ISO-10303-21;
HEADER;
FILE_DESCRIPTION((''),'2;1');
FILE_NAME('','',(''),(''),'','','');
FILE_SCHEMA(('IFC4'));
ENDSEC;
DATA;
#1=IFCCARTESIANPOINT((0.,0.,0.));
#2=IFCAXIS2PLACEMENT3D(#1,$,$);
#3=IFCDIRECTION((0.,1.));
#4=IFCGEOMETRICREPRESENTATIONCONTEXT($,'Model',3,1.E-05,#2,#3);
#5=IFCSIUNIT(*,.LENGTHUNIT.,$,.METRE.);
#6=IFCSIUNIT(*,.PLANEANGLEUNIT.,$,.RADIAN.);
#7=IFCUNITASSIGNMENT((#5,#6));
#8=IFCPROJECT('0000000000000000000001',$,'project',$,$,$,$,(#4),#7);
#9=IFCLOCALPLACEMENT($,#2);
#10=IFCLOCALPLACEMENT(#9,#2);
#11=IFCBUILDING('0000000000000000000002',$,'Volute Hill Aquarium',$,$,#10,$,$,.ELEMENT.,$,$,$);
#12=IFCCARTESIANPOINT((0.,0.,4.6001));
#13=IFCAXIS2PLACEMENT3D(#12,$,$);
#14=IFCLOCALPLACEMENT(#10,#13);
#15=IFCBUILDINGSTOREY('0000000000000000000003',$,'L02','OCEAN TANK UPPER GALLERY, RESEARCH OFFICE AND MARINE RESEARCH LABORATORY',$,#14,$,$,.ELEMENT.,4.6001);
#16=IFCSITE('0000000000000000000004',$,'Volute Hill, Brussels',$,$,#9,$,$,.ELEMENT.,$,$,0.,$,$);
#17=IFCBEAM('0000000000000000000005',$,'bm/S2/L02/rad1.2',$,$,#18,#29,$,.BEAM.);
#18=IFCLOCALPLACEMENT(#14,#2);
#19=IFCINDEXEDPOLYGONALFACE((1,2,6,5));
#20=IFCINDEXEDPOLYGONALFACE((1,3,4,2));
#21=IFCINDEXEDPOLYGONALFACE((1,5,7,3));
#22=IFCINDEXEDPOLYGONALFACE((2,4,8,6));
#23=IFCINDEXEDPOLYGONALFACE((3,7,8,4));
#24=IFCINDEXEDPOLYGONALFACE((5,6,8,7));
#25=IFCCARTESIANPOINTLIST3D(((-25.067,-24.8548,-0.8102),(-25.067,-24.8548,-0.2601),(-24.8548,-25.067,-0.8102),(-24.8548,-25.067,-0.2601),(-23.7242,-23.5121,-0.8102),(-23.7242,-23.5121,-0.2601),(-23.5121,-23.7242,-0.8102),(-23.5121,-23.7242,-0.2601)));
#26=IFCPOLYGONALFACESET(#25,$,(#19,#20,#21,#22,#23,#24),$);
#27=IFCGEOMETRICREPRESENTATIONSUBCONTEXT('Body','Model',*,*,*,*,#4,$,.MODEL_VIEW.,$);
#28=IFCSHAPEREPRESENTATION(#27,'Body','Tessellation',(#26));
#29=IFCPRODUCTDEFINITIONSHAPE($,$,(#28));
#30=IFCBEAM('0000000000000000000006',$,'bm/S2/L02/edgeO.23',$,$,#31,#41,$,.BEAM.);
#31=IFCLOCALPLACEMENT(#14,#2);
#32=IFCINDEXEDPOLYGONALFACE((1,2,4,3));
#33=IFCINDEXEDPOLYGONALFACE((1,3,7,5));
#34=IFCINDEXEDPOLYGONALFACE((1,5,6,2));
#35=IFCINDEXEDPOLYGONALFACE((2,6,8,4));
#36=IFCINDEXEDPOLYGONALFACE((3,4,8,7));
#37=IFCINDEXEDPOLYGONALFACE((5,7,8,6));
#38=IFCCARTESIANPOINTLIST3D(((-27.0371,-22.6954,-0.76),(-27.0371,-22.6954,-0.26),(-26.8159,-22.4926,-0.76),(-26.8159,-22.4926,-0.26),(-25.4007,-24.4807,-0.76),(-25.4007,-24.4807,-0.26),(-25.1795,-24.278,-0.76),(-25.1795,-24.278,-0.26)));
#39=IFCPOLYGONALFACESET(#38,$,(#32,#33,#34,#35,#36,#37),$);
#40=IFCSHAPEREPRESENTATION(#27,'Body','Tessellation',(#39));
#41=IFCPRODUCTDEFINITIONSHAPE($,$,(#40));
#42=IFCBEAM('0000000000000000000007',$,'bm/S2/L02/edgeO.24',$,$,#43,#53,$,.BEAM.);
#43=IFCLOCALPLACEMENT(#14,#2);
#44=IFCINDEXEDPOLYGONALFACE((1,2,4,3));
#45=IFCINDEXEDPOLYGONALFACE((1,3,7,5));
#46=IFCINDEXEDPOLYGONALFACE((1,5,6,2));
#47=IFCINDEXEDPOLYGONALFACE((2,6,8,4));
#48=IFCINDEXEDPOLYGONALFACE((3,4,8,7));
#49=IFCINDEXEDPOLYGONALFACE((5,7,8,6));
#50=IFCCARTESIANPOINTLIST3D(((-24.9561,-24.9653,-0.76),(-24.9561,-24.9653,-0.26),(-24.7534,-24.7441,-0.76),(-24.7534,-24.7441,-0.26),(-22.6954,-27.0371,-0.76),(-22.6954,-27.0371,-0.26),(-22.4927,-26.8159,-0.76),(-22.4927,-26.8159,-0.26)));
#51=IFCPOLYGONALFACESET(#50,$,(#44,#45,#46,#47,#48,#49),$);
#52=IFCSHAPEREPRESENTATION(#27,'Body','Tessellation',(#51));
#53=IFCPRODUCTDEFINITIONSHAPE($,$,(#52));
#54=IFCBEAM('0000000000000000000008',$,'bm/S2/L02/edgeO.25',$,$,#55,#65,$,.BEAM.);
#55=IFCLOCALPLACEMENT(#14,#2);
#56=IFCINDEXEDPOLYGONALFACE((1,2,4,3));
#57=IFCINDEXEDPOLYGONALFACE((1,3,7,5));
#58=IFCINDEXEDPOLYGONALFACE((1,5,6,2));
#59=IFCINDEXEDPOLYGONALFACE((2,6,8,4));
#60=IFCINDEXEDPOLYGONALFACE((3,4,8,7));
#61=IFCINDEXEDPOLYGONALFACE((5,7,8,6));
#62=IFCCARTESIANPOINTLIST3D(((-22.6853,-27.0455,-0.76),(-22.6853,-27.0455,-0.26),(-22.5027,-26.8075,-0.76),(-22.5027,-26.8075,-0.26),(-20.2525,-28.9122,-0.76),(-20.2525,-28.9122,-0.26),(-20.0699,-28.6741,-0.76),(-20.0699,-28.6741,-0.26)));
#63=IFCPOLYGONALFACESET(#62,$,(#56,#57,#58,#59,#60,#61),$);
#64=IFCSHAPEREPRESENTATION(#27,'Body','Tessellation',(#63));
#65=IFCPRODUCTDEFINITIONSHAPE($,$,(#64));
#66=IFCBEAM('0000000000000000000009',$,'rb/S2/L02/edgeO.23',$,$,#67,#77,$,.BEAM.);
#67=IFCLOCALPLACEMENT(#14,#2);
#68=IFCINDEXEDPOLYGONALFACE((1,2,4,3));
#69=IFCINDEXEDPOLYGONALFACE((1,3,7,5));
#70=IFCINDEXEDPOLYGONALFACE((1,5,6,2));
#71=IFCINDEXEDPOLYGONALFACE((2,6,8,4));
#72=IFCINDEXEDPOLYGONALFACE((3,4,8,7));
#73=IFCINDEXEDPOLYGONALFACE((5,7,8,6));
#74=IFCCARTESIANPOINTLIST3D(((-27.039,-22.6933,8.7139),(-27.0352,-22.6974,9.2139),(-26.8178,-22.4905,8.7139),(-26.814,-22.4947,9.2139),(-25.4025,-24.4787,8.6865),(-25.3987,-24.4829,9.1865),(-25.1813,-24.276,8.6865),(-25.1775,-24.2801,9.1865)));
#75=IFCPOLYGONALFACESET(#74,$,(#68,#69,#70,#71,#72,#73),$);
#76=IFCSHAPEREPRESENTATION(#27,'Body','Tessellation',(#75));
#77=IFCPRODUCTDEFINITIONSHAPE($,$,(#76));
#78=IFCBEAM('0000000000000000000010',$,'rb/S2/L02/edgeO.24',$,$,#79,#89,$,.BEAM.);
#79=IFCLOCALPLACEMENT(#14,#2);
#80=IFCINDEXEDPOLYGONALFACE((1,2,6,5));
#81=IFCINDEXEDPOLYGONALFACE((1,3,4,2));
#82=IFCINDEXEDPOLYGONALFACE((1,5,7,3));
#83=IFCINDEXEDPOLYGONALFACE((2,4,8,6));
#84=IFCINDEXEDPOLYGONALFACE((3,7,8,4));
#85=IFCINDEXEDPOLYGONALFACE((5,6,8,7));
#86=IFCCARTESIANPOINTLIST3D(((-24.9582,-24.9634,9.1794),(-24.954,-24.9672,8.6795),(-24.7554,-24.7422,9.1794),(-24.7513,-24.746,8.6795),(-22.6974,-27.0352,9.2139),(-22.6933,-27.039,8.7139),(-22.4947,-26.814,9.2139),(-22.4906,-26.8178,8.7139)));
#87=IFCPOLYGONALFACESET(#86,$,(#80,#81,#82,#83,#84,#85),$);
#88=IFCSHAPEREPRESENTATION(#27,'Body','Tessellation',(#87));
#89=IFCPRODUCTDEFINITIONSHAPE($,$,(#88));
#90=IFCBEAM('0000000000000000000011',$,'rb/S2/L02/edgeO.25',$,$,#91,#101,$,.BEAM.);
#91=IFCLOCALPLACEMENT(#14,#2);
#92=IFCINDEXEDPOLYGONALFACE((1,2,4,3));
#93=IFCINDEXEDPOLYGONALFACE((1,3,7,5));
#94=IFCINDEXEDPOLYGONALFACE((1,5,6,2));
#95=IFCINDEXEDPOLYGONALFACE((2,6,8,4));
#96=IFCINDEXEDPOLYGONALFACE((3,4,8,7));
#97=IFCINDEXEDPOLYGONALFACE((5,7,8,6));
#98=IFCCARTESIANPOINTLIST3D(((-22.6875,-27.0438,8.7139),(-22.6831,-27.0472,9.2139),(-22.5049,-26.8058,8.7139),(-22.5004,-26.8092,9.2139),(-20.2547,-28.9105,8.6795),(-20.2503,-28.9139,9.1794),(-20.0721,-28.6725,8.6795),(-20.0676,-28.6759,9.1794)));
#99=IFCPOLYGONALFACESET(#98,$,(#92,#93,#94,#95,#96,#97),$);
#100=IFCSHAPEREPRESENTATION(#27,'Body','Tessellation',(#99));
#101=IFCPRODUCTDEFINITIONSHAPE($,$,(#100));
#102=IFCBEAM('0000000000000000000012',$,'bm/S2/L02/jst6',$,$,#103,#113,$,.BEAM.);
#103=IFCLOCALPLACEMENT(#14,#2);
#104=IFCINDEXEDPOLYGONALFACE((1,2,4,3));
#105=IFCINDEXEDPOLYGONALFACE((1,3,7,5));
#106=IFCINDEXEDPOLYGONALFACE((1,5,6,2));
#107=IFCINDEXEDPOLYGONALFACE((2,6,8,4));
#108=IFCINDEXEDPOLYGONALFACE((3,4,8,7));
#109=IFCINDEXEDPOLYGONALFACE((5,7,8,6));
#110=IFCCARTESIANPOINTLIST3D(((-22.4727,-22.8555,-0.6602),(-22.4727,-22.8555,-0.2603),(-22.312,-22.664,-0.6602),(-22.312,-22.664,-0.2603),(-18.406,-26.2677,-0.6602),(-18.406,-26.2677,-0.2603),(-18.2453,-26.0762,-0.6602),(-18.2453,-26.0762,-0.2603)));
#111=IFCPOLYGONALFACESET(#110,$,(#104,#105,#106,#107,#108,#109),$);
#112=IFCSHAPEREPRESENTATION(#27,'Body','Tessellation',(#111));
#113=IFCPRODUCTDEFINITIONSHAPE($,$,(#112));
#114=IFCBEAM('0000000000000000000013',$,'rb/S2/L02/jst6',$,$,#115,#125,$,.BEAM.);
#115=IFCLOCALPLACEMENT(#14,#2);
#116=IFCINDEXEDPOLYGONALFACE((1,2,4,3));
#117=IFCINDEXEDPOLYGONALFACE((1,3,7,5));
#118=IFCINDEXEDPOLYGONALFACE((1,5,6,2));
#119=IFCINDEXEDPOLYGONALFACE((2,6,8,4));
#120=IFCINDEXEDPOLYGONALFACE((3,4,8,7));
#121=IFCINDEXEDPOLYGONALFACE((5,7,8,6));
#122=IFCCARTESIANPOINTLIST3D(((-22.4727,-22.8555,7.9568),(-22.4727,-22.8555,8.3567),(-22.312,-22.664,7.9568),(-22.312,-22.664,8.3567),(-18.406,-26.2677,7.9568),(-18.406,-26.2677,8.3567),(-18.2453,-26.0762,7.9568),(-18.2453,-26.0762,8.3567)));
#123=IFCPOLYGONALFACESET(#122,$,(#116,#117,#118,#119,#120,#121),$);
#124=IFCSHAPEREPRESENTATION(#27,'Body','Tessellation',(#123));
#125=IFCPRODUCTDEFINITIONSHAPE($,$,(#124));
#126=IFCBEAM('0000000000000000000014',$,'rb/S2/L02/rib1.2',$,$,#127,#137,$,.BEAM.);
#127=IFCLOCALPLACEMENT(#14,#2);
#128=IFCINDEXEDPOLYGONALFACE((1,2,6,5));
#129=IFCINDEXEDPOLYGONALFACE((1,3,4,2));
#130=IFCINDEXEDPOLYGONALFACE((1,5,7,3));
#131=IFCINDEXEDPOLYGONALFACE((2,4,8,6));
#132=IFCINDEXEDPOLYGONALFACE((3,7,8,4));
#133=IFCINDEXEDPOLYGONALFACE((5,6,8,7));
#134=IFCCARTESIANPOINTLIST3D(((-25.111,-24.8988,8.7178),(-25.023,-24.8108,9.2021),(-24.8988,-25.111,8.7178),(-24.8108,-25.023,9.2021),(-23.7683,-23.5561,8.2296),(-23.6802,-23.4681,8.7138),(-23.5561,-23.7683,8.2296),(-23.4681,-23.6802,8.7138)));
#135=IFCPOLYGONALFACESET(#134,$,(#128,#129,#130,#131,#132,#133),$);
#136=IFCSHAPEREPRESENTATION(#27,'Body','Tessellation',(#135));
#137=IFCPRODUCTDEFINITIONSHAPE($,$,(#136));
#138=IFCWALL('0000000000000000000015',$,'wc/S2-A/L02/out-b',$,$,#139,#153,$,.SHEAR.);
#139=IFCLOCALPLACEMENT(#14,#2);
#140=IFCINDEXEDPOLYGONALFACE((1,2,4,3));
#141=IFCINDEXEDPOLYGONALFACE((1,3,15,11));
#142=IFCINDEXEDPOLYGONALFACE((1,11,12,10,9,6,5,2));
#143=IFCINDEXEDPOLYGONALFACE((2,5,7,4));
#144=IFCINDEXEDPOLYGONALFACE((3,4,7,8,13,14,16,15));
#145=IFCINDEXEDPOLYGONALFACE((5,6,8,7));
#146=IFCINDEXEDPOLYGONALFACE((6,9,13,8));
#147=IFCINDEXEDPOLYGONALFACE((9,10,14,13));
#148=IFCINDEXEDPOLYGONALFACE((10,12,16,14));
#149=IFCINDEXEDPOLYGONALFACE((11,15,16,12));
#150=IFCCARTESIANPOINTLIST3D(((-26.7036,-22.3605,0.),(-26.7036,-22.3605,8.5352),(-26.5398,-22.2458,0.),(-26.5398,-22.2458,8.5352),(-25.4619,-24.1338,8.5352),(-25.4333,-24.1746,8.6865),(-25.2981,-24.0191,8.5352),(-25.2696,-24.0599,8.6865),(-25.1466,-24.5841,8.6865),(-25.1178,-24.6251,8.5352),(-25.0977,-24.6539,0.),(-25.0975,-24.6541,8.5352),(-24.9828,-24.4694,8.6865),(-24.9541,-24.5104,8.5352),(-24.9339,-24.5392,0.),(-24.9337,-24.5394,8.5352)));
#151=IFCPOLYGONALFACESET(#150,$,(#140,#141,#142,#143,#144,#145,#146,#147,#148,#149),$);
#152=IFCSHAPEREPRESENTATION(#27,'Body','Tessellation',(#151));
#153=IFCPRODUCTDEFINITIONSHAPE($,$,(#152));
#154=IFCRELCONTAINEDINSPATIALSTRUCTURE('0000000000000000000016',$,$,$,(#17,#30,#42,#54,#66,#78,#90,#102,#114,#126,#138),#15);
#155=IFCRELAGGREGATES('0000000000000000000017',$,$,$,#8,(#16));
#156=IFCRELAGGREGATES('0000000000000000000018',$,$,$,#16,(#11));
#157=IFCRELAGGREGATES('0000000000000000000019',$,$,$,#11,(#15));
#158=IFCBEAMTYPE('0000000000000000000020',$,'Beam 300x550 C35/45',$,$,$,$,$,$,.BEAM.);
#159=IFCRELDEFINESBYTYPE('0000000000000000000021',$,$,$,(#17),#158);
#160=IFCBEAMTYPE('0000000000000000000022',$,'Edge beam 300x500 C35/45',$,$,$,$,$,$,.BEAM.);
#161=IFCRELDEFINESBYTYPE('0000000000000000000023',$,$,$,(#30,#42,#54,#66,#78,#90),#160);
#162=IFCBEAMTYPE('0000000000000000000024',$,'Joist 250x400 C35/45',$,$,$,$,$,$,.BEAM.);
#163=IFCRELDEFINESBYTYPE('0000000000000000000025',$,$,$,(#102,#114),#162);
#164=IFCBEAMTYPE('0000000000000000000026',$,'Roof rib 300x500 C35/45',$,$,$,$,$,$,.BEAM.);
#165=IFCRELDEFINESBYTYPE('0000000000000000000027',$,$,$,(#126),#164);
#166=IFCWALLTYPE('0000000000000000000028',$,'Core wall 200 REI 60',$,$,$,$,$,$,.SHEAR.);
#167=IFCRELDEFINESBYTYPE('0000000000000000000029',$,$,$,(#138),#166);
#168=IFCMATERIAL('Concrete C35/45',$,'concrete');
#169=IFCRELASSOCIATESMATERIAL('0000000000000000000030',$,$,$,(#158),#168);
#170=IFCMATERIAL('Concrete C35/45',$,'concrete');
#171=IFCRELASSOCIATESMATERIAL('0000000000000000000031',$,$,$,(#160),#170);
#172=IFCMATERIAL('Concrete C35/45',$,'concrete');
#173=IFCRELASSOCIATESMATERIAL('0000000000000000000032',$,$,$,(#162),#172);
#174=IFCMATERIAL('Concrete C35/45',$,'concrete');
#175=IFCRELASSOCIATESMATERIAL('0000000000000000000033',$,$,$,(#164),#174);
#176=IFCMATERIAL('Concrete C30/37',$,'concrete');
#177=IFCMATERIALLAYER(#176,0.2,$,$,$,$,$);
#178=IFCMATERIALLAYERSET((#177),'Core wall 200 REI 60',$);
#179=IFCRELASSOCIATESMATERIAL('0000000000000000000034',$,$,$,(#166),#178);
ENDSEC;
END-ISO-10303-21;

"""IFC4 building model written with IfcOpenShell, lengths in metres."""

from ifc_helpers import new_model, si_unit, direction, frame, origin, origin_2d, place, context, subcontext, project, spatial, polyline, rectangle, outline, extrude, material, layer, layer_set, material_profile, profile_set, type_object, element, save


model = new_model("IFC4")

# Units and contexts
model_context = context("Model", 3, precision=1e-05, world=origin(), true_north=direction((0.0, 1.0)))
body_context = subcontext(model_context, "Body", "Model", "MODEL_VIEW")
ifc_project = project(units=[si_unit("LENGTHUNIT", "METRE"), si_unit("PLANEANGLEUNIT", "RADIAN")], contexts=[model_context])

# Site, building, storey
site_placement = place(None, origin())
site = spatial("IfcSite", under=ifc_project, at=site_placement, Name="Volute Hill, Brussels", CompositionType="ELEMENT", RefElevation=0.0)
building_placement = place(site_placement, origin())
building = spatial("IfcBuilding", under=site, at=building_placement, Name="Volute Hill Aquarium", CompositionType="ELEMENT")
storey_placement = place(building_placement, frame((0.0, 0.0, 4.6001)))
storey = spatial("IfcBuildingStorey", under=building, at=storey_placement, Name="L02", Description="OCEAN TANK UPPER GALLERY, RESEARCH OFFICE AND MARINE RESEARCH LABORATORY", CompositionType="ELEMENT", Elevation=4.6001)

# Beams
ifc_material_1 = material(Name="Concrete C35/45", Category="concrete")
ifc_material_profile_1 = material_profile(ifc_material_1, rectangle(XDim=0.3, YDim=0.55, at=origin_2d()), Name="RC beam 300x550")
ifc_profile_set_1 = profile_set([ifc_material_profile_1], Name="Concrete C35/45")
beam_type_1 = type_object("IfcBeamType", Name="Beam 300x550 C35/45", PredefinedType="BEAM", material=ifc_profile_set_1)
beam_1_placement = place(storey_placement, frame((-23.6182, -23.6182, -0.5352), z_axis=(-0.707107, -0.707107, 0.0), x_axis=(0.707107, -0.707107, 0.0)))
element("IfcBeam", 1, at=beam_1_placement, inside=storey, type_object=beam_type_1, Name="bm/S2/L02/rad1.2", PredefinedType="BEAM", context=body_context, shape_type="SweptSolid", body=[
    extrude(rectangle(XDim=0.3, YDim=0.55, at=origin_2d()), origin(), (0.0, 0.0, 1.0), 1.8989),
])
ifc_material_2 = material(Name="Concrete C35/45", Category="concrete")
ifc_material_profile_2 = material_profile(ifc_material_2, rectangle(XDim=0.3, YDim=0.5, at=origin_2d()), Name="RC edge beam 300x500")
ifc_profile_set_2 = profile_set([ifc_material_profile_2], Name="Concrete C35/45")
beam_type_2 = type_object("IfcBeamType", Name="Edge beam 300x500 C35/45", PredefinedType="BEAM", material=ifc_profile_set_2)
beam_2_placement = place(storey_placement, frame((-26.9265, -22.594, -0.51), z_axis=(0.675693, -0.737183, 0.0), x_axis=(0.737183, 0.675693, 0.0)))
element("IfcBeam", 2, at=beam_2_placement, inside=storey, type_object=beam_type_2, Name="bm/S2/L02/edgeO.23", PredefinedType="BEAM", context=body_context, shape_type="SweptSolid", body=[
    extrude(rectangle(XDim=0.3, YDim=0.5, at=origin_2d()), origin(), (0.0, 0.0, 1.0), 2.4219),
])
for number, where, z_axis, x_axis, name in (
    (3, (-24.8547, -24.8547, -0.51), (0.737247, -0.675624, 0.0), (0.675624, 0.737247, 0.0), "bm/S2/L02/edgeO.24"),
    (4, (-22.594, -26.9265, -0.51), (0.793369, -0.608741, 0.0), (0.608741, 0.793369, 0.0), "bm/S2/L02/edgeO.25"),
):
    element("IfcBeam", number, at=place(storey_placement, frame(where, z_axis=z_axis, x_axis=x_axis)), inside=storey, type_object=beam_type_2, Name=name, PredefinedType="BEAM", context=body_context, shape_type="SweptSolid", body=[
        extrude(rectangle(XDim=0.3, YDim=0.5, at=origin_2d()), origin(), (0.0, 0.0, 1.0), 3.0664),
    ])
beam_3_placement = place(storey_placement, frame((-26.9265, -22.594, 8.9639), z_axis=(0.67565, -0.737136, -0.011289), x_axis=(0.737183, 0.675693, 0.0)))
element("IfcBeam", 5, at=beam_3_placement, inside=storey, type_object=beam_type_2, Name="rb/S2/L02/edgeO.23", PredefinedType="BEAM", context=body_context, shape_type="SweptSolid", body=[
    extrude(rectangle(XDim=0.3, YDim=0.5, at=origin_2d()), origin(), (0.0, 0.0, 1.0), 2.4221),
])
for number, where, z_axis, x_axis, name in (
    (6, (-24.8547, -24.8547, 8.9294), (0.7372, -0.675581, 0.011225), (0.675624, 0.737247, 0.0), "rb/S2/L02/edgeO.24"),
    (7, (-22.594, -26.9265, 8.9639), (0.793319, -0.608702, -0.011225), (0.608741, 0.793369, 0.0), "rb/S2/L02/edgeO.25"),
):
    element("IfcBeam", number, at=place(storey_placement, frame(where, z_axis=z_axis, x_axis=x_axis)), inside=storey, type_object=beam_type_2, Name=name, PredefinedType="BEAM", context=body_context, shape_type="SweptSolid", body=[
        extrude(rectangle(XDim=0.3, YDim=0.5, at=origin_2d()), origin(), (0.0, 0.0, 1.0), 3.0667),
    ])
ifc_material_3 = material(Name="Concrete C35/45", Category="concrete")
ifc_material_profile_3 = material_profile(ifc_material_3, rectangle(XDim=0.25, YDim=0.3999, at=origin_2d()), Name="RC joist 250x400")
ifc_profile_set_3 = profile_set([ifc_material_profile_3], Name="Concrete C35/45")
beam_type_3 = type_object("IfcBeamType", Name="Joist 250x400 C35/45", PredefinedType="BEAM", material=ifc_profile_set_3)
for number, where, z_axis, x_axis, name in (
    (8, (-22.3923, -22.7598, -0.4602), (0.766064, -0.642764, 0.0), (0.642764, 0.766064, 0.0), "bm/S2/L02/jst6"),
    (9, (-22.3923, -22.7598, 8.1567), (0.766064, -0.642764, 0.0), (0.642764, 0.766064, 0.0), "rb/S2/L02/jst6"),
):
    element("IfcBeam", number, at=place(storey_placement, frame(where, z_axis=z_axis, x_axis=x_axis)), inside=storey, type_object=beam_type_3, Name=name, PredefinedType="BEAM", context=body_context, shape_type="SweptSolid", body=[
        extrude(rectangle(XDim=0.25, YDim=0.3999, at=origin_2d()), origin(), (0.0, 0.0, 1.0), 5.3086),
    ])
ifc_material_4 = material(Name="Concrete C35/45", Category="concrete")
ifc_material_profile_4 = material_profile(ifc_material_4, rectangle(XDim=0.3, YDim=0.5, at=origin_2d()), Name="RC rib 300x500")
ifc_profile_set_4 = profile_set([ifc_material_profile_4], Name="Concrete C35/45")
beam_type_4 = type_object("IfcBeamType", Name="Roof rib 300x500 C35/45", PredefinedType="BEAM", material=ifc_profile_set_4)
beam_4_placement = place(storey_placement, frame((-23.6182, -23.6182, 8.4717), z_axis=(-0.68483, -0.68483, 0.249029), x_axis=(0.707107, -0.707107, 0.0)))
element("IfcBeam", 10, at=beam_4_placement, inside=storey, type_object=beam_type_4, Name="rb/S2/L02/rib1.2", PredefinedType="BEAM", context=body_context, shape_type="SweptSolid", body=[
    extrude(rectangle(XDim=0.3, YDim=0.5, at=origin_2d()), origin(), (0.0, 0.0, 1.0), 1.9607),
])

# Wall
ifc_material_5 = material(Name="Concrete C30/37", Category="concrete")
ifc_layer_1 = layer(ifc_material_5, 0.2)
ifc_layer_set_1 = layer_set([ifc_layer_1], Name="Core wall 200 REI 60")
wall_type_1 = type_object("IfcWallType", Name="Core wall 200 REI 60", PredefinedType="SHEAR", material=ifc_layer_set_1)
wall_1_placement = place(storey_placement, frame((-26.6218, -22.3032, 0.0), z_axis=(0.0, 0.0, 1.0), x_axis=(0.573591, -0.819142, 0.0)))
element("IfcWall", 11, at=wall_1_placement, inside=storey, type_object=wall_type_1, Name="wc/S2-A/L02/out-b", PredefinedType="SHEAR", context=body_context, shape_type="SweptSolid", body=[
    extrude(outline(polyline([(0.0, 0.0), (2.7998, 0.0), (2.8, 8.5352), (2.7646, 8.5352), (2.7146, 8.6865), (2.2146, 8.6865), (2.1648, 8.5352), (0.0, 8.5352), (0.0, 0.0)])), frame((0.0, 0.1001, 0.0), z_axis=(0.0, -1.0, 0.0), x_axis=(1.0, 0.0, 0.0)), (0.0, 0.0, 1.0), 0.2),
])

save(model, "model.ifc")
